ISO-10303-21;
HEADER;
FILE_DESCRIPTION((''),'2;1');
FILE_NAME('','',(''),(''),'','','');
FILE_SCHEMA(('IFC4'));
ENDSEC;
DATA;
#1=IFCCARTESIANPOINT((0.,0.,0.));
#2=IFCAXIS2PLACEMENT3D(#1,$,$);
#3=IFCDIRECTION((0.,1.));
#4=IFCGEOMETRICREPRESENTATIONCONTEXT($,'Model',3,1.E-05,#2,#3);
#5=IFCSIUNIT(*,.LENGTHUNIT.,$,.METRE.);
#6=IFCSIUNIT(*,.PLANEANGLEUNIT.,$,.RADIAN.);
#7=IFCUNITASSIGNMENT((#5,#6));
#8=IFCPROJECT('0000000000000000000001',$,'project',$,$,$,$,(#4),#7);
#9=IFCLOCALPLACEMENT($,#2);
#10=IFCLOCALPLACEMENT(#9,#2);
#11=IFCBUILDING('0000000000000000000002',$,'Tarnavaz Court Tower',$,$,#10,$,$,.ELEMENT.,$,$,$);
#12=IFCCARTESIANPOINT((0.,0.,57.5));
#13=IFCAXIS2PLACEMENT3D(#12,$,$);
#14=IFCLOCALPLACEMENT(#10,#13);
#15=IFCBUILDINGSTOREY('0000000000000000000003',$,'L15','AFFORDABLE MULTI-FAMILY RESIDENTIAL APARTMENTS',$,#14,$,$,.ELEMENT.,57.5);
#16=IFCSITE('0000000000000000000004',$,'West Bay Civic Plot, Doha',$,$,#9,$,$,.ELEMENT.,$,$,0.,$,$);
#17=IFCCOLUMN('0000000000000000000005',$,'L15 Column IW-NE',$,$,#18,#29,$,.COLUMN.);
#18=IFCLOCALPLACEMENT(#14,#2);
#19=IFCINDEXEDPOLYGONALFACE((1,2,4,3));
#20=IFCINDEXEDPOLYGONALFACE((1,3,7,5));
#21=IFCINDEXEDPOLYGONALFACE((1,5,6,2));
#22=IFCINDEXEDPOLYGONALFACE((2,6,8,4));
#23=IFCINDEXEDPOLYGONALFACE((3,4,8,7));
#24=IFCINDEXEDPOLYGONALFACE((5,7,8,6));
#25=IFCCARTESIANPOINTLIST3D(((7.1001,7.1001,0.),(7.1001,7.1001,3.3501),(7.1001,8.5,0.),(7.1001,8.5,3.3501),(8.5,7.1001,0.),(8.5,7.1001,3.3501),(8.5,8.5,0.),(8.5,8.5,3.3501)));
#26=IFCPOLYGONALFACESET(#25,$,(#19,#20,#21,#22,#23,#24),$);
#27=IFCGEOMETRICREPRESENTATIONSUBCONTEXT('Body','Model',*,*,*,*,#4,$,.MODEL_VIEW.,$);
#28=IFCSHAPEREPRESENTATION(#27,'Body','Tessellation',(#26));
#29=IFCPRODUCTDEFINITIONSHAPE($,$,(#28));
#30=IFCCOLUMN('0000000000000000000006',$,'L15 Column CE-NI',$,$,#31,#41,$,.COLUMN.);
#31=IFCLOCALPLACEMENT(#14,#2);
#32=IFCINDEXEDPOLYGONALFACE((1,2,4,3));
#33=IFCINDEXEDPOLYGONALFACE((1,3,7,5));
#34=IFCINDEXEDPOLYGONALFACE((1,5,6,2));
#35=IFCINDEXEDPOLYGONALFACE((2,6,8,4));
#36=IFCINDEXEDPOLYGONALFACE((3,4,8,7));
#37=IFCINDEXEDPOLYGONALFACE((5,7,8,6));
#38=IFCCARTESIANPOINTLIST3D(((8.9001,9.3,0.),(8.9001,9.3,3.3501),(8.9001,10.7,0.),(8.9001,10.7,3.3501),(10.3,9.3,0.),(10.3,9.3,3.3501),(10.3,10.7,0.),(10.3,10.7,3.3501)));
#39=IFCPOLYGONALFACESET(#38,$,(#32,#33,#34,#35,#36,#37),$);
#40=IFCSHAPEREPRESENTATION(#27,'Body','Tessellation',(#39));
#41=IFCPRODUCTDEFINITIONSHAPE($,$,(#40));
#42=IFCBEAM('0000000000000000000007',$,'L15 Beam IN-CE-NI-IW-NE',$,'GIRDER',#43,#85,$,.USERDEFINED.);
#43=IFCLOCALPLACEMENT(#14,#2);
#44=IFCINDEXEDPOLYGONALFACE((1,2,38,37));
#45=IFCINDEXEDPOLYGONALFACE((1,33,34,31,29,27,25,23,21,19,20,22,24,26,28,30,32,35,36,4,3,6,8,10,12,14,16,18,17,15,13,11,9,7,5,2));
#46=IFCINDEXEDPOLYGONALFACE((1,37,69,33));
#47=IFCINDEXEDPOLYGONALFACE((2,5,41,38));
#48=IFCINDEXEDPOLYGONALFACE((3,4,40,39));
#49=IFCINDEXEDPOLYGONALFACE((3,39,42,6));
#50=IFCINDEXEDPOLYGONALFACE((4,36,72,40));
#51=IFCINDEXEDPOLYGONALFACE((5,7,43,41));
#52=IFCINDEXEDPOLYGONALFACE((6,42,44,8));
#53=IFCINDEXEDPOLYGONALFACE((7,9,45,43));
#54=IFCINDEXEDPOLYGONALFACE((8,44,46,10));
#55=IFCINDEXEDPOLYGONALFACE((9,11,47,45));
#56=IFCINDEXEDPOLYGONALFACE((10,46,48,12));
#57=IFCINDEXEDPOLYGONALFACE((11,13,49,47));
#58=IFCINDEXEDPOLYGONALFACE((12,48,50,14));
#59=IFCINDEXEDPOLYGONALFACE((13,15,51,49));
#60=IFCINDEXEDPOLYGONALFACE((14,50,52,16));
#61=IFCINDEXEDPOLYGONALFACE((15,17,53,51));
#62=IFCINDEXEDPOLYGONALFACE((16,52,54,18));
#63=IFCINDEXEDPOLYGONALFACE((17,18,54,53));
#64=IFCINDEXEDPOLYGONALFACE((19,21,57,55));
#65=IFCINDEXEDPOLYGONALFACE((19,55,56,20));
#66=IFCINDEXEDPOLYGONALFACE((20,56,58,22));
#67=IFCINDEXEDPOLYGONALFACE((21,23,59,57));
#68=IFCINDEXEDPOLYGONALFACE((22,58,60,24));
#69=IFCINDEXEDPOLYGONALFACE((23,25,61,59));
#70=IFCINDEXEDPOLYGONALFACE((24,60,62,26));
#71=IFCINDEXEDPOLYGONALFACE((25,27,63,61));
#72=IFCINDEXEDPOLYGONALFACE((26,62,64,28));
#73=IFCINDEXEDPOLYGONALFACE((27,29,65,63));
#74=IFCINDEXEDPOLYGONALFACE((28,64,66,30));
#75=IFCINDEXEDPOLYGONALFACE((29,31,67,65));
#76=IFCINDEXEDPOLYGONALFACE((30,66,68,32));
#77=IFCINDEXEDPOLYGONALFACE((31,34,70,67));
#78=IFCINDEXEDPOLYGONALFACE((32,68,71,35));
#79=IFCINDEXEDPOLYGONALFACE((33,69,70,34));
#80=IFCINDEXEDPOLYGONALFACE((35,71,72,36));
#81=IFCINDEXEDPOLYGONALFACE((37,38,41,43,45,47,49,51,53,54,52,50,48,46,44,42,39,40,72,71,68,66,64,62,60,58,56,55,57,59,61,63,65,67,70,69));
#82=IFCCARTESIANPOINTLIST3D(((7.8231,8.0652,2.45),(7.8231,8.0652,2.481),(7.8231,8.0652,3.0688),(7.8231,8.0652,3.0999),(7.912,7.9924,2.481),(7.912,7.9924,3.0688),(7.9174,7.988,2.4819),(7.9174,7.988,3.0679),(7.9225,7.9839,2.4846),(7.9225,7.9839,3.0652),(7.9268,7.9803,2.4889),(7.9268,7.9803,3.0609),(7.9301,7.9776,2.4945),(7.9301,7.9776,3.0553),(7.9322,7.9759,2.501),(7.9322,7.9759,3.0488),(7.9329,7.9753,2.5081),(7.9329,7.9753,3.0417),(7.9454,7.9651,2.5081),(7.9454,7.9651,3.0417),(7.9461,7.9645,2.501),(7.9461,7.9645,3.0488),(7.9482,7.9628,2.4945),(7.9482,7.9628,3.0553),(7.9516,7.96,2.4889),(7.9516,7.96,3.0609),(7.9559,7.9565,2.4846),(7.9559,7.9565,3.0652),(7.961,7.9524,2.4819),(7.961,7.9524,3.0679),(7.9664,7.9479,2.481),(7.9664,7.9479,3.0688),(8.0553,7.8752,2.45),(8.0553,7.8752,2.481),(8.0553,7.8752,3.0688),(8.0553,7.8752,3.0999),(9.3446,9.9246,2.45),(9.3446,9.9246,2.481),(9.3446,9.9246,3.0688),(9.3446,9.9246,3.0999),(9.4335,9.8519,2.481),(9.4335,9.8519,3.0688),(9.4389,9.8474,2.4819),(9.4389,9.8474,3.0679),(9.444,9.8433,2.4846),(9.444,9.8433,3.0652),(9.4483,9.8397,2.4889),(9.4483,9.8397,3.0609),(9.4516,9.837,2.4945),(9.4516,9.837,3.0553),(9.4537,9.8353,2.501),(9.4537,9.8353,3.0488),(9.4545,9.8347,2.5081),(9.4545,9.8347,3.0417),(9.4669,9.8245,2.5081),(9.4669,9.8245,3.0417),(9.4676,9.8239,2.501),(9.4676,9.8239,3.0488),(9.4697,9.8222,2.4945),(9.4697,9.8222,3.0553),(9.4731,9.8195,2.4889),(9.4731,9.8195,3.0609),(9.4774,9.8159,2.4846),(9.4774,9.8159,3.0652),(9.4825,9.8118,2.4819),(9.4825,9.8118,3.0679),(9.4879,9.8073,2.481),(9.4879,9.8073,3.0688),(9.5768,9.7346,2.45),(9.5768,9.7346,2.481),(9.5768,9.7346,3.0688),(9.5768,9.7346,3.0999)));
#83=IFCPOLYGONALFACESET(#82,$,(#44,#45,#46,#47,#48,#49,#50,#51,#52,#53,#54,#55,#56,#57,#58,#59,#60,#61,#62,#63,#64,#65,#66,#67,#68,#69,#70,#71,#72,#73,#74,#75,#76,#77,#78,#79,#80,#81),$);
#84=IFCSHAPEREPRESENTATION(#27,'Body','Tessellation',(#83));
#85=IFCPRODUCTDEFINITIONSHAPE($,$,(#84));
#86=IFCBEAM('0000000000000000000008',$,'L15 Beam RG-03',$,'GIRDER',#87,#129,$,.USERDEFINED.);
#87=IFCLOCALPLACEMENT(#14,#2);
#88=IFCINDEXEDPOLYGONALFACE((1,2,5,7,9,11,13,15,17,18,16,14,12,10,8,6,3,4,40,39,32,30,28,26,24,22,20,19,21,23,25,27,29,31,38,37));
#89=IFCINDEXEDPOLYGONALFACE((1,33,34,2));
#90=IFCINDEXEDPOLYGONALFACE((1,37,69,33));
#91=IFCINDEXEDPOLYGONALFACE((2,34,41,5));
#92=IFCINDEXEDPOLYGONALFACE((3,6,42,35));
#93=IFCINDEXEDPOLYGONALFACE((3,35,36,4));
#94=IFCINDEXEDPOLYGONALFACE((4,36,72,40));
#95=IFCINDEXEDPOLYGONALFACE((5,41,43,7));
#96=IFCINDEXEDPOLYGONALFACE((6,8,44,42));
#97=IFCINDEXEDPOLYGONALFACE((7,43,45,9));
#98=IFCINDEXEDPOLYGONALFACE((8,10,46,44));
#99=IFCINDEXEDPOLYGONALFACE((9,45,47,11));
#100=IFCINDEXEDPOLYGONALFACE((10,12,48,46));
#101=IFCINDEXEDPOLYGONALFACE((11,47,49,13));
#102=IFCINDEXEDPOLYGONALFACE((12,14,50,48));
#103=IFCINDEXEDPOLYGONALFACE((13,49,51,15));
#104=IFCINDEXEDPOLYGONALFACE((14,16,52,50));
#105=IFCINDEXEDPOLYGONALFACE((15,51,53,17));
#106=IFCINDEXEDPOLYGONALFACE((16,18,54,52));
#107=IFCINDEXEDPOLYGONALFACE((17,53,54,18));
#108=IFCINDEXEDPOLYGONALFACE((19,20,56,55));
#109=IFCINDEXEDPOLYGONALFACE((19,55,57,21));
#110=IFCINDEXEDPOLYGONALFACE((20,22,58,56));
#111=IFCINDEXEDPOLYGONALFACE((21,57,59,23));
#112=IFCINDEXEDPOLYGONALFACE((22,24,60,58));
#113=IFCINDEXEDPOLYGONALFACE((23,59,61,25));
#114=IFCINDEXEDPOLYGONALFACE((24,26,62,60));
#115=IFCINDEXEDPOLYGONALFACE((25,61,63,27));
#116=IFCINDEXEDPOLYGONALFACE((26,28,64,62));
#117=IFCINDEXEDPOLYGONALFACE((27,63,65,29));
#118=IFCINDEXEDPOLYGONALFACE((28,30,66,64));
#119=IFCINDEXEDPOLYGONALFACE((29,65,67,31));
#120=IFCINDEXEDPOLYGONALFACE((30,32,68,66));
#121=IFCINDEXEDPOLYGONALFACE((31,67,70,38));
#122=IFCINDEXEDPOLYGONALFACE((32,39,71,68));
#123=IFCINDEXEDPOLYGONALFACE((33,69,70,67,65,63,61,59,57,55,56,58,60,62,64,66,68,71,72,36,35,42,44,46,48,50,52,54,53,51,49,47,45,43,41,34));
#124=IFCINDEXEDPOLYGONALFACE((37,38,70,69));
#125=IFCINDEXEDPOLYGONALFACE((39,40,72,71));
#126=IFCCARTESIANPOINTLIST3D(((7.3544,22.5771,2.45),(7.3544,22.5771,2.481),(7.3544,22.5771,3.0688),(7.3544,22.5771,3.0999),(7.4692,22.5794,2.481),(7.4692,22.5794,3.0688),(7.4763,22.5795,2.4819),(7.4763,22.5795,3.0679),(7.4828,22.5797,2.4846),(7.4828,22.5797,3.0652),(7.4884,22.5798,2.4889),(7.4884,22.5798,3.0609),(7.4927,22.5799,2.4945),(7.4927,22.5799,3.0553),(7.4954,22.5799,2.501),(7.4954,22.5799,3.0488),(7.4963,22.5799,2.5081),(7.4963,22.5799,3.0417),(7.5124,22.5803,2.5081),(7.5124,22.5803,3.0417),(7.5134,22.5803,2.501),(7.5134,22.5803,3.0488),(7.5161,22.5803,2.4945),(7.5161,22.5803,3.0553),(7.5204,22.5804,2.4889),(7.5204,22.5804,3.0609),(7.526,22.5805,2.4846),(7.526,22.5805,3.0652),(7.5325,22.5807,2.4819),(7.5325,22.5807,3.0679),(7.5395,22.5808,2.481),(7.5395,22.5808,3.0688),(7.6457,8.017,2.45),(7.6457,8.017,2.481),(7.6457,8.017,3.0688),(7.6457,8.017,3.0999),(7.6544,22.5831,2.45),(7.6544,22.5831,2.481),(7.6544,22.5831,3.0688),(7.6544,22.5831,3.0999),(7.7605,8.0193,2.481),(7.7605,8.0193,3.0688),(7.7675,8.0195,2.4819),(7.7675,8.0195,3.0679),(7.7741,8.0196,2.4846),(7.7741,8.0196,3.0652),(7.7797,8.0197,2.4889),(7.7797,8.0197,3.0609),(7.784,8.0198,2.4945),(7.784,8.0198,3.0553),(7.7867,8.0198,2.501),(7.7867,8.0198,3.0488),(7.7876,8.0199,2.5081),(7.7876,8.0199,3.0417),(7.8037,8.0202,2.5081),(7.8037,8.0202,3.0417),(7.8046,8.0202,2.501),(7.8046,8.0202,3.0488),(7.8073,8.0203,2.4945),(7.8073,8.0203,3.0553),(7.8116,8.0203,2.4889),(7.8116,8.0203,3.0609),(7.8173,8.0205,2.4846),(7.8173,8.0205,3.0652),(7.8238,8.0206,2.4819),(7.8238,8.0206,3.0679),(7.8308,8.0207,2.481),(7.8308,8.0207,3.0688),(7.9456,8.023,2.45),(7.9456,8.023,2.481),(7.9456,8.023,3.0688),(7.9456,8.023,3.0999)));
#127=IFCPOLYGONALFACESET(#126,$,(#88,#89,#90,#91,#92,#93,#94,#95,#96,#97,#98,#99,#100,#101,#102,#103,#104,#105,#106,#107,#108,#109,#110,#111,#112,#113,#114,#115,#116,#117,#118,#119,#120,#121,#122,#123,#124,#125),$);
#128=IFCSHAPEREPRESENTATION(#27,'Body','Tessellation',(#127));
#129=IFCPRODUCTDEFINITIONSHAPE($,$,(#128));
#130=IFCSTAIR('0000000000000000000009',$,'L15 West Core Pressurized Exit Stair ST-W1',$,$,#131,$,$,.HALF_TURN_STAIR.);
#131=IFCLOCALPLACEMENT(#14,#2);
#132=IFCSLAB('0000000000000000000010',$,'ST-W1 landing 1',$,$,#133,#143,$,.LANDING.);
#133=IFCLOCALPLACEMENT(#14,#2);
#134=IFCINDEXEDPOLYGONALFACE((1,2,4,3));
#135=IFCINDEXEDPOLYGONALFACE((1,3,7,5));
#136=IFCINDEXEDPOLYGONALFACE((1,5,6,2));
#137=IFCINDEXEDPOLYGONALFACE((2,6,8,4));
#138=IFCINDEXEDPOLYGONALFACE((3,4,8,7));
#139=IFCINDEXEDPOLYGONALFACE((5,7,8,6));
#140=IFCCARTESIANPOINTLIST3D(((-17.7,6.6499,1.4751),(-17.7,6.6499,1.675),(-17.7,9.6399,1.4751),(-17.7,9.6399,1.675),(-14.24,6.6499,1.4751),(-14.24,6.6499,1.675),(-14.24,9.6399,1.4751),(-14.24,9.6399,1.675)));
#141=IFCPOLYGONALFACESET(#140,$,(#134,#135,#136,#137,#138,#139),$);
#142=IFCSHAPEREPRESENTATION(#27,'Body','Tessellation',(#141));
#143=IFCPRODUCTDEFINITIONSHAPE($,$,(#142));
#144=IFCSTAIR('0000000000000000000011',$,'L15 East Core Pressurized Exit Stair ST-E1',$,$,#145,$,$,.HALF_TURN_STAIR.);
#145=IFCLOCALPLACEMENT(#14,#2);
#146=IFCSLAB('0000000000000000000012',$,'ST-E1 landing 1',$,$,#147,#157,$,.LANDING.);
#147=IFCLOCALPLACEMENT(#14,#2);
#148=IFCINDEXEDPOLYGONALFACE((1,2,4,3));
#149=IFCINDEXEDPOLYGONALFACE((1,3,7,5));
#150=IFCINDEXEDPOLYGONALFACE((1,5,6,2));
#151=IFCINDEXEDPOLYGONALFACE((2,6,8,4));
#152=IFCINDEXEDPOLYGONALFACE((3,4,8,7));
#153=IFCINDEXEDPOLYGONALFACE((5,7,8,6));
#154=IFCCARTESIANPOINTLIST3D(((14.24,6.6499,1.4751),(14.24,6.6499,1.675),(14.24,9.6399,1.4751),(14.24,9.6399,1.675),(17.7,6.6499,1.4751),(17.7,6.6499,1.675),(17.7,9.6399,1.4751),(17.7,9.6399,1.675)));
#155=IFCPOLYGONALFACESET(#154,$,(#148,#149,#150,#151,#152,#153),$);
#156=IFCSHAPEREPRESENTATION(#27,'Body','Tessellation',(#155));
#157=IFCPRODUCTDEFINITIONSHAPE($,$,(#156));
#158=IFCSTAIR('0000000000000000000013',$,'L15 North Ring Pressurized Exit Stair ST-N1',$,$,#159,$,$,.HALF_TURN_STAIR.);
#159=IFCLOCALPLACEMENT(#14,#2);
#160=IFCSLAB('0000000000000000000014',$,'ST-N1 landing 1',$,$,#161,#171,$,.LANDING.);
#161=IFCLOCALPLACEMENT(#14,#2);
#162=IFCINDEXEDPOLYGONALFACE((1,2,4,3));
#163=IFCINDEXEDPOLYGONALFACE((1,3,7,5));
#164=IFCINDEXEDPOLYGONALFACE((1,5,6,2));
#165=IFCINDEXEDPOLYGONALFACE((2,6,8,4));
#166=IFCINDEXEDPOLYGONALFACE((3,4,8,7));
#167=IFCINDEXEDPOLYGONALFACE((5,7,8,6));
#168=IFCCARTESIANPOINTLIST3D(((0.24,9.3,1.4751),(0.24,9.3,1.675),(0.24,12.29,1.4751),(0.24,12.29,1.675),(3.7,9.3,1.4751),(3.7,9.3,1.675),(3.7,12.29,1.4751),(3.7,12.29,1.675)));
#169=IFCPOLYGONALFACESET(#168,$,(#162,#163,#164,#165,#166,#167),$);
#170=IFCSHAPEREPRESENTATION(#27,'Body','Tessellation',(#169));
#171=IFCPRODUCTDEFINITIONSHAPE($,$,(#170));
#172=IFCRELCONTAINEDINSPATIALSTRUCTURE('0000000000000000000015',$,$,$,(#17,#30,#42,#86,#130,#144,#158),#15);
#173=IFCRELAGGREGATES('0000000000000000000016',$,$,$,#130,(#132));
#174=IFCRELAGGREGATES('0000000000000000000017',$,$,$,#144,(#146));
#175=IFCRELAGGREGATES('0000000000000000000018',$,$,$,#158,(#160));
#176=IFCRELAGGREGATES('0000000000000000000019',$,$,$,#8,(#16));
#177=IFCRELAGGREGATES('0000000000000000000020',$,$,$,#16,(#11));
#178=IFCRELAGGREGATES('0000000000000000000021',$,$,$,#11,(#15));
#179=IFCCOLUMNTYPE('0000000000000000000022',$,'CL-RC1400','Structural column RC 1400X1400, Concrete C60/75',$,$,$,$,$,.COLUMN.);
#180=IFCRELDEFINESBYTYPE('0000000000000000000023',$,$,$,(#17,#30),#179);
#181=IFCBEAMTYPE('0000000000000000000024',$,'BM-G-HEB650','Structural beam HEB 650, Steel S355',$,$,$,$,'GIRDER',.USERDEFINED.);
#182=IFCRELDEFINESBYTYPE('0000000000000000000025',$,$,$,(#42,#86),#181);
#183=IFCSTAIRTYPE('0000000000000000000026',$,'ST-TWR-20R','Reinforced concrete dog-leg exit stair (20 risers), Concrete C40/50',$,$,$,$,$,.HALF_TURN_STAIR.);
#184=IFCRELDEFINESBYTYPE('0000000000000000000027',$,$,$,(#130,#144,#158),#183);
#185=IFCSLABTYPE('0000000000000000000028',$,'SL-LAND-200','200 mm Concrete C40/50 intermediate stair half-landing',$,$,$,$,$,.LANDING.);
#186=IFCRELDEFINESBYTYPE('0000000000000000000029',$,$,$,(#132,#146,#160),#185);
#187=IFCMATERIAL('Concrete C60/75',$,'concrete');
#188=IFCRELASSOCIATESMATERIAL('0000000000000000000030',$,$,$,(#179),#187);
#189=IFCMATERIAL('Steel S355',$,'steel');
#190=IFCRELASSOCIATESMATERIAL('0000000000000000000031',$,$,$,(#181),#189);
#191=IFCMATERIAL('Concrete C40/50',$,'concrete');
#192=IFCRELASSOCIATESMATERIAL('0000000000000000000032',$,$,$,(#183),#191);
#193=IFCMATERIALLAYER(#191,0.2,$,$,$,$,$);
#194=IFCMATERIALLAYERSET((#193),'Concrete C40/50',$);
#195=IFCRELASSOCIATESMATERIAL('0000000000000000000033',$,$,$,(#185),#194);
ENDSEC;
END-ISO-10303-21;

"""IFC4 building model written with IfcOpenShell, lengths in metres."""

from ifc_helpers import new_model, si_unit, direction, frame, origin, origin_2d, place, context, subcontext, project, spatial, polyline, rectangle, i_section, outline, extrude, material, layer, layer_set, material_profile, profile_set, type_object, element, aggregate, save


model = new_model("IFC4")

# Units and contexts
model_context = context("Model", 3, precision=1e-05, world=origin(), true_north=direction((0.0, 1.0)))
body_context = subcontext(model_context, "Body", "Model", "MODEL_VIEW")
ifc_project = project(units=[si_unit("LENGTHUNIT", "METRE"), si_unit("PLANEANGLEUNIT", "RADIAN")], contexts=[model_context])

# Site, building, storey
site_placement = place(None, origin())
site = spatial("IfcSite", under=ifc_project, at=site_placement, Name="West Bay Civic Plot, Doha", CompositionType="ELEMENT", RefElevation=0.0)
building_placement = place(site_placement, origin())
building = spatial("IfcBuilding", under=site, at=building_placement, Name="Tarnavaz Court Tower", CompositionType="ELEMENT")
storey_placement = place(building_placement, frame((0.0, 0.0, 57.5)))
storey = spatial("IfcBuildingStorey", under=building, at=storey_placement, Name="L15", Description="AFFORDABLE MULTI-FAMILY RESIDENTIAL APARTMENTS", CompositionType="ELEMENT", Elevation=57.5)

# Columns
ifc_material_1 = material(Name="Concrete C60/75", Category="concrete")
ifc_material_profile_1 = material_profile(ifc_material_1, rectangle(XDim=1.3999, YDim=1.3999, at=origin_2d()), Name="RC 1400X1400")
ifc_profile_set_1 = profile_set([ifc_material_profile_1], Name="Concrete C60/75")
column_type = type_object("IfcColumnType", Name="CL-RC1400", Description="Structural column RC 1400X1400, Concrete C60/75", PredefinedType="COLUMN", material=ifc_profile_set_1)
for number, where, z_axis, x_axis, name in (
    (1, (7.8, 7.8, 0.0), (0.0, 0.0, 1.0), (1.0, 0.0, 0.0), "L15 Column IW-NE"),
    (2, (9.6001, 10.0, 0.0), (0.0, 0.0, 1.0), (1.0, 0.0, 0.0), "L15 Column CE-NI"),
):
    element("IfcColumn", number, at=place(storey_placement, frame(where, z_axis=z_axis, x_axis=x_axis)), inside=storey, type_object=column_type, Name=name, PredefinedType="COLUMN", context=body_context, shape_type="SweptSolid", body=[
        extrude(rectangle(XDim=1.3999, YDim=1.3999, at=origin_2d()), origin(), (0.0, 0.0, 1.0), 3.3501),
    ])

# Beams
ifc_material_2 = material(Name="Steel S355", Category="steel")
ifc_material_profile_2 = material_profile(ifc_material_2, i_section(OverallWidth=0.3, OverallDepth=0.6499, WebThickness=0.0161, FlangeThickness=0.031, FilletRadius=0.0271, at=origin_2d()), Name="HEB 650")
ifc_profile_set_2 = profile_set([ifc_material_profile_2], Name="Steel S355")
beam_type = type_object("IfcBeamType", Name="BM-G-HEB650", Description="Structural beam HEB 650, Steel S355", ElementType="GIRDER", PredefinedType="USERDEFINED", material=ifc_profile_set_2)
beam_1_placement = place(storey_placement, frame((9.4607, 9.8296, 2.7749), z_axis=(-0.633282, -0.773921, 0.0), x_axis=(0.773921, -0.633282, 0.0)))
element("IfcBeam", 3, at=beam_1_placement, inside=storey, type_object=beam_type, Name="L15 Beam IN-CE-NI-IW-NE", ObjectType="GIRDER", PredefinedType="USERDEFINED", context=body_context, shape_type="SweptSolid", body=[
    extrude(i_section(OverallWidth=0.3, OverallDepth=0.6499, WebThickness=0.0161, FlangeThickness=0.031, FilletRadius=0.0271, at=origin_2d()), origin(), (0.0, 0.0, 1.0), 2.4026),
])
beam_2_placement = place(storey_placement, frame((7.7957, 8.02, 2.7749), z_axis=(-0.02, 0.9998, 0.0), x_axis=(-0.9998, -0.02, 0.0)))
element("IfcBeam", 4, at=beam_2_placement, inside=storey, type_object=beam_type, Name="L15 Beam RG-03", ObjectType="GIRDER", PredefinedType="USERDEFINED", context=body_context, shape_type="SweptSolid", body=[
    extrude(i_section(OverallWidth=0.3, OverallDepth=0.6499, WebThickness=0.0161, FlangeThickness=0.031, FilletRadius=0.0271, at=origin_2d()), origin(), (0.0, 0.0, 1.0), 14.563),
])

# Stairs, slabs
ifc_material_3 = material(Name="Concrete C40/50", Category="concrete")
stair_type = type_object("IfcStairType", Name="ST-TWR-20R", Description="Reinforced concrete dog-leg exit stair (20 risers), Concrete C40/50", PredefinedType="HALF_TURN_STAIR", material=ifc_material_3)
stair_1_placement = place(storey_placement, origin())
stair_1 = element("IfcStair", 5, at=stair_1_placement, inside=storey, type_object=stair_type, Name="L15 West Core Pressurized Exit Stair ST-W1", PredefinedType="HALF_TURN_STAIR")
ifc_layer_1 = layer(ifc_material_3, 0.2)
ifc_layer_set_1 = layer_set([ifc_layer_1], Name="Concrete C40/50")
slab_type_1 = type_object("IfcSlabType", Name="SL-LAND-200", Description="200 mm Concrete C40/50 intermediate stair half-landing", PredefinedType="LANDING", material=ifc_layer_set_1)
slab_1_placement = place(storey_placement, frame((0.0, 0.0, 1.4751)))
slab_1 = element("IfcSlab", 6, at=slab_1_placement, type_object=slab_type_1, Name="ST-W1 landing 1", PredefinedType="LANDING", context=body_context, shape_type="SweptSolid", body=[
    extrude(outline(polyline([(-14.24, 9.6399), (-17.7, 9.6399), (-17.7, 6.6499), (-14.24, 6.6499), (-14.24, 9.6399)])), origin(), (0.0, 0.0, 1.0), 0.2),
])
aggregate(stair_1, [slab_1])
stair_2_placement = place(storey_placement, origin())
stair_2 = element("IfcStair", 7, at=stair_2_placement, inside=storey, type_object=stair_type, Name="L15 East Core Pressurized Exit Stair ST-E1", PredefinedType="HALF_TURN_STAIR")
slab_2_placement = place(storey_placement, frame((0.0, 0.0, 1.4751)))
slab_2 = element("IfcSlab", 8, at=slab_2_placement, type_object=slab_type_1, Name="ST-E1 landing 1", PredefinedType="LANDING", context=body_context, shape_type="SweptSolid", body=[
    extrude(outline(polyline([(14.24, 6.6499), (17.7, 6.6499), (17.7, 9.6399), (14.24, 9.6399), (14.24, 6.6499)])), origin(), (0.0, 0.0, 1.0), 0.2),
])
aggregate(stair_2, [slab_2])
stair_3_placement = place(storey_placement, origin())
stair_3 = element("IfcStair", 9, at=stair_3_placement, inside=storey, type_object=stair_type, Name="L15 North Ring Pressurized Exit Stair ST-N1", PredefinedType="HALF_TURN_STAIR")
slab_3_placement = place(storey_placement, frame((0.0, 0.0, 1.4751)))
slab_3 = element("IfcSlab", 10, at=slab_3_placement, type_object=slab_type_1, Name="ST-N1 landing 1", PredefinedType="LANDING", context=body_context, shape_type="SweptSolid", body=[
    extrude(outline(polyline([(0.24, 9.3), (3.7, 9.3), (3.7, 12.29), (0.24, 12.29), (0.24, 9.3)])), origin(), (0.0, 0.0, 1.0), 0.2),
])

aggregate(stair_3, [slab_3])

save(model, "model.ifc")
